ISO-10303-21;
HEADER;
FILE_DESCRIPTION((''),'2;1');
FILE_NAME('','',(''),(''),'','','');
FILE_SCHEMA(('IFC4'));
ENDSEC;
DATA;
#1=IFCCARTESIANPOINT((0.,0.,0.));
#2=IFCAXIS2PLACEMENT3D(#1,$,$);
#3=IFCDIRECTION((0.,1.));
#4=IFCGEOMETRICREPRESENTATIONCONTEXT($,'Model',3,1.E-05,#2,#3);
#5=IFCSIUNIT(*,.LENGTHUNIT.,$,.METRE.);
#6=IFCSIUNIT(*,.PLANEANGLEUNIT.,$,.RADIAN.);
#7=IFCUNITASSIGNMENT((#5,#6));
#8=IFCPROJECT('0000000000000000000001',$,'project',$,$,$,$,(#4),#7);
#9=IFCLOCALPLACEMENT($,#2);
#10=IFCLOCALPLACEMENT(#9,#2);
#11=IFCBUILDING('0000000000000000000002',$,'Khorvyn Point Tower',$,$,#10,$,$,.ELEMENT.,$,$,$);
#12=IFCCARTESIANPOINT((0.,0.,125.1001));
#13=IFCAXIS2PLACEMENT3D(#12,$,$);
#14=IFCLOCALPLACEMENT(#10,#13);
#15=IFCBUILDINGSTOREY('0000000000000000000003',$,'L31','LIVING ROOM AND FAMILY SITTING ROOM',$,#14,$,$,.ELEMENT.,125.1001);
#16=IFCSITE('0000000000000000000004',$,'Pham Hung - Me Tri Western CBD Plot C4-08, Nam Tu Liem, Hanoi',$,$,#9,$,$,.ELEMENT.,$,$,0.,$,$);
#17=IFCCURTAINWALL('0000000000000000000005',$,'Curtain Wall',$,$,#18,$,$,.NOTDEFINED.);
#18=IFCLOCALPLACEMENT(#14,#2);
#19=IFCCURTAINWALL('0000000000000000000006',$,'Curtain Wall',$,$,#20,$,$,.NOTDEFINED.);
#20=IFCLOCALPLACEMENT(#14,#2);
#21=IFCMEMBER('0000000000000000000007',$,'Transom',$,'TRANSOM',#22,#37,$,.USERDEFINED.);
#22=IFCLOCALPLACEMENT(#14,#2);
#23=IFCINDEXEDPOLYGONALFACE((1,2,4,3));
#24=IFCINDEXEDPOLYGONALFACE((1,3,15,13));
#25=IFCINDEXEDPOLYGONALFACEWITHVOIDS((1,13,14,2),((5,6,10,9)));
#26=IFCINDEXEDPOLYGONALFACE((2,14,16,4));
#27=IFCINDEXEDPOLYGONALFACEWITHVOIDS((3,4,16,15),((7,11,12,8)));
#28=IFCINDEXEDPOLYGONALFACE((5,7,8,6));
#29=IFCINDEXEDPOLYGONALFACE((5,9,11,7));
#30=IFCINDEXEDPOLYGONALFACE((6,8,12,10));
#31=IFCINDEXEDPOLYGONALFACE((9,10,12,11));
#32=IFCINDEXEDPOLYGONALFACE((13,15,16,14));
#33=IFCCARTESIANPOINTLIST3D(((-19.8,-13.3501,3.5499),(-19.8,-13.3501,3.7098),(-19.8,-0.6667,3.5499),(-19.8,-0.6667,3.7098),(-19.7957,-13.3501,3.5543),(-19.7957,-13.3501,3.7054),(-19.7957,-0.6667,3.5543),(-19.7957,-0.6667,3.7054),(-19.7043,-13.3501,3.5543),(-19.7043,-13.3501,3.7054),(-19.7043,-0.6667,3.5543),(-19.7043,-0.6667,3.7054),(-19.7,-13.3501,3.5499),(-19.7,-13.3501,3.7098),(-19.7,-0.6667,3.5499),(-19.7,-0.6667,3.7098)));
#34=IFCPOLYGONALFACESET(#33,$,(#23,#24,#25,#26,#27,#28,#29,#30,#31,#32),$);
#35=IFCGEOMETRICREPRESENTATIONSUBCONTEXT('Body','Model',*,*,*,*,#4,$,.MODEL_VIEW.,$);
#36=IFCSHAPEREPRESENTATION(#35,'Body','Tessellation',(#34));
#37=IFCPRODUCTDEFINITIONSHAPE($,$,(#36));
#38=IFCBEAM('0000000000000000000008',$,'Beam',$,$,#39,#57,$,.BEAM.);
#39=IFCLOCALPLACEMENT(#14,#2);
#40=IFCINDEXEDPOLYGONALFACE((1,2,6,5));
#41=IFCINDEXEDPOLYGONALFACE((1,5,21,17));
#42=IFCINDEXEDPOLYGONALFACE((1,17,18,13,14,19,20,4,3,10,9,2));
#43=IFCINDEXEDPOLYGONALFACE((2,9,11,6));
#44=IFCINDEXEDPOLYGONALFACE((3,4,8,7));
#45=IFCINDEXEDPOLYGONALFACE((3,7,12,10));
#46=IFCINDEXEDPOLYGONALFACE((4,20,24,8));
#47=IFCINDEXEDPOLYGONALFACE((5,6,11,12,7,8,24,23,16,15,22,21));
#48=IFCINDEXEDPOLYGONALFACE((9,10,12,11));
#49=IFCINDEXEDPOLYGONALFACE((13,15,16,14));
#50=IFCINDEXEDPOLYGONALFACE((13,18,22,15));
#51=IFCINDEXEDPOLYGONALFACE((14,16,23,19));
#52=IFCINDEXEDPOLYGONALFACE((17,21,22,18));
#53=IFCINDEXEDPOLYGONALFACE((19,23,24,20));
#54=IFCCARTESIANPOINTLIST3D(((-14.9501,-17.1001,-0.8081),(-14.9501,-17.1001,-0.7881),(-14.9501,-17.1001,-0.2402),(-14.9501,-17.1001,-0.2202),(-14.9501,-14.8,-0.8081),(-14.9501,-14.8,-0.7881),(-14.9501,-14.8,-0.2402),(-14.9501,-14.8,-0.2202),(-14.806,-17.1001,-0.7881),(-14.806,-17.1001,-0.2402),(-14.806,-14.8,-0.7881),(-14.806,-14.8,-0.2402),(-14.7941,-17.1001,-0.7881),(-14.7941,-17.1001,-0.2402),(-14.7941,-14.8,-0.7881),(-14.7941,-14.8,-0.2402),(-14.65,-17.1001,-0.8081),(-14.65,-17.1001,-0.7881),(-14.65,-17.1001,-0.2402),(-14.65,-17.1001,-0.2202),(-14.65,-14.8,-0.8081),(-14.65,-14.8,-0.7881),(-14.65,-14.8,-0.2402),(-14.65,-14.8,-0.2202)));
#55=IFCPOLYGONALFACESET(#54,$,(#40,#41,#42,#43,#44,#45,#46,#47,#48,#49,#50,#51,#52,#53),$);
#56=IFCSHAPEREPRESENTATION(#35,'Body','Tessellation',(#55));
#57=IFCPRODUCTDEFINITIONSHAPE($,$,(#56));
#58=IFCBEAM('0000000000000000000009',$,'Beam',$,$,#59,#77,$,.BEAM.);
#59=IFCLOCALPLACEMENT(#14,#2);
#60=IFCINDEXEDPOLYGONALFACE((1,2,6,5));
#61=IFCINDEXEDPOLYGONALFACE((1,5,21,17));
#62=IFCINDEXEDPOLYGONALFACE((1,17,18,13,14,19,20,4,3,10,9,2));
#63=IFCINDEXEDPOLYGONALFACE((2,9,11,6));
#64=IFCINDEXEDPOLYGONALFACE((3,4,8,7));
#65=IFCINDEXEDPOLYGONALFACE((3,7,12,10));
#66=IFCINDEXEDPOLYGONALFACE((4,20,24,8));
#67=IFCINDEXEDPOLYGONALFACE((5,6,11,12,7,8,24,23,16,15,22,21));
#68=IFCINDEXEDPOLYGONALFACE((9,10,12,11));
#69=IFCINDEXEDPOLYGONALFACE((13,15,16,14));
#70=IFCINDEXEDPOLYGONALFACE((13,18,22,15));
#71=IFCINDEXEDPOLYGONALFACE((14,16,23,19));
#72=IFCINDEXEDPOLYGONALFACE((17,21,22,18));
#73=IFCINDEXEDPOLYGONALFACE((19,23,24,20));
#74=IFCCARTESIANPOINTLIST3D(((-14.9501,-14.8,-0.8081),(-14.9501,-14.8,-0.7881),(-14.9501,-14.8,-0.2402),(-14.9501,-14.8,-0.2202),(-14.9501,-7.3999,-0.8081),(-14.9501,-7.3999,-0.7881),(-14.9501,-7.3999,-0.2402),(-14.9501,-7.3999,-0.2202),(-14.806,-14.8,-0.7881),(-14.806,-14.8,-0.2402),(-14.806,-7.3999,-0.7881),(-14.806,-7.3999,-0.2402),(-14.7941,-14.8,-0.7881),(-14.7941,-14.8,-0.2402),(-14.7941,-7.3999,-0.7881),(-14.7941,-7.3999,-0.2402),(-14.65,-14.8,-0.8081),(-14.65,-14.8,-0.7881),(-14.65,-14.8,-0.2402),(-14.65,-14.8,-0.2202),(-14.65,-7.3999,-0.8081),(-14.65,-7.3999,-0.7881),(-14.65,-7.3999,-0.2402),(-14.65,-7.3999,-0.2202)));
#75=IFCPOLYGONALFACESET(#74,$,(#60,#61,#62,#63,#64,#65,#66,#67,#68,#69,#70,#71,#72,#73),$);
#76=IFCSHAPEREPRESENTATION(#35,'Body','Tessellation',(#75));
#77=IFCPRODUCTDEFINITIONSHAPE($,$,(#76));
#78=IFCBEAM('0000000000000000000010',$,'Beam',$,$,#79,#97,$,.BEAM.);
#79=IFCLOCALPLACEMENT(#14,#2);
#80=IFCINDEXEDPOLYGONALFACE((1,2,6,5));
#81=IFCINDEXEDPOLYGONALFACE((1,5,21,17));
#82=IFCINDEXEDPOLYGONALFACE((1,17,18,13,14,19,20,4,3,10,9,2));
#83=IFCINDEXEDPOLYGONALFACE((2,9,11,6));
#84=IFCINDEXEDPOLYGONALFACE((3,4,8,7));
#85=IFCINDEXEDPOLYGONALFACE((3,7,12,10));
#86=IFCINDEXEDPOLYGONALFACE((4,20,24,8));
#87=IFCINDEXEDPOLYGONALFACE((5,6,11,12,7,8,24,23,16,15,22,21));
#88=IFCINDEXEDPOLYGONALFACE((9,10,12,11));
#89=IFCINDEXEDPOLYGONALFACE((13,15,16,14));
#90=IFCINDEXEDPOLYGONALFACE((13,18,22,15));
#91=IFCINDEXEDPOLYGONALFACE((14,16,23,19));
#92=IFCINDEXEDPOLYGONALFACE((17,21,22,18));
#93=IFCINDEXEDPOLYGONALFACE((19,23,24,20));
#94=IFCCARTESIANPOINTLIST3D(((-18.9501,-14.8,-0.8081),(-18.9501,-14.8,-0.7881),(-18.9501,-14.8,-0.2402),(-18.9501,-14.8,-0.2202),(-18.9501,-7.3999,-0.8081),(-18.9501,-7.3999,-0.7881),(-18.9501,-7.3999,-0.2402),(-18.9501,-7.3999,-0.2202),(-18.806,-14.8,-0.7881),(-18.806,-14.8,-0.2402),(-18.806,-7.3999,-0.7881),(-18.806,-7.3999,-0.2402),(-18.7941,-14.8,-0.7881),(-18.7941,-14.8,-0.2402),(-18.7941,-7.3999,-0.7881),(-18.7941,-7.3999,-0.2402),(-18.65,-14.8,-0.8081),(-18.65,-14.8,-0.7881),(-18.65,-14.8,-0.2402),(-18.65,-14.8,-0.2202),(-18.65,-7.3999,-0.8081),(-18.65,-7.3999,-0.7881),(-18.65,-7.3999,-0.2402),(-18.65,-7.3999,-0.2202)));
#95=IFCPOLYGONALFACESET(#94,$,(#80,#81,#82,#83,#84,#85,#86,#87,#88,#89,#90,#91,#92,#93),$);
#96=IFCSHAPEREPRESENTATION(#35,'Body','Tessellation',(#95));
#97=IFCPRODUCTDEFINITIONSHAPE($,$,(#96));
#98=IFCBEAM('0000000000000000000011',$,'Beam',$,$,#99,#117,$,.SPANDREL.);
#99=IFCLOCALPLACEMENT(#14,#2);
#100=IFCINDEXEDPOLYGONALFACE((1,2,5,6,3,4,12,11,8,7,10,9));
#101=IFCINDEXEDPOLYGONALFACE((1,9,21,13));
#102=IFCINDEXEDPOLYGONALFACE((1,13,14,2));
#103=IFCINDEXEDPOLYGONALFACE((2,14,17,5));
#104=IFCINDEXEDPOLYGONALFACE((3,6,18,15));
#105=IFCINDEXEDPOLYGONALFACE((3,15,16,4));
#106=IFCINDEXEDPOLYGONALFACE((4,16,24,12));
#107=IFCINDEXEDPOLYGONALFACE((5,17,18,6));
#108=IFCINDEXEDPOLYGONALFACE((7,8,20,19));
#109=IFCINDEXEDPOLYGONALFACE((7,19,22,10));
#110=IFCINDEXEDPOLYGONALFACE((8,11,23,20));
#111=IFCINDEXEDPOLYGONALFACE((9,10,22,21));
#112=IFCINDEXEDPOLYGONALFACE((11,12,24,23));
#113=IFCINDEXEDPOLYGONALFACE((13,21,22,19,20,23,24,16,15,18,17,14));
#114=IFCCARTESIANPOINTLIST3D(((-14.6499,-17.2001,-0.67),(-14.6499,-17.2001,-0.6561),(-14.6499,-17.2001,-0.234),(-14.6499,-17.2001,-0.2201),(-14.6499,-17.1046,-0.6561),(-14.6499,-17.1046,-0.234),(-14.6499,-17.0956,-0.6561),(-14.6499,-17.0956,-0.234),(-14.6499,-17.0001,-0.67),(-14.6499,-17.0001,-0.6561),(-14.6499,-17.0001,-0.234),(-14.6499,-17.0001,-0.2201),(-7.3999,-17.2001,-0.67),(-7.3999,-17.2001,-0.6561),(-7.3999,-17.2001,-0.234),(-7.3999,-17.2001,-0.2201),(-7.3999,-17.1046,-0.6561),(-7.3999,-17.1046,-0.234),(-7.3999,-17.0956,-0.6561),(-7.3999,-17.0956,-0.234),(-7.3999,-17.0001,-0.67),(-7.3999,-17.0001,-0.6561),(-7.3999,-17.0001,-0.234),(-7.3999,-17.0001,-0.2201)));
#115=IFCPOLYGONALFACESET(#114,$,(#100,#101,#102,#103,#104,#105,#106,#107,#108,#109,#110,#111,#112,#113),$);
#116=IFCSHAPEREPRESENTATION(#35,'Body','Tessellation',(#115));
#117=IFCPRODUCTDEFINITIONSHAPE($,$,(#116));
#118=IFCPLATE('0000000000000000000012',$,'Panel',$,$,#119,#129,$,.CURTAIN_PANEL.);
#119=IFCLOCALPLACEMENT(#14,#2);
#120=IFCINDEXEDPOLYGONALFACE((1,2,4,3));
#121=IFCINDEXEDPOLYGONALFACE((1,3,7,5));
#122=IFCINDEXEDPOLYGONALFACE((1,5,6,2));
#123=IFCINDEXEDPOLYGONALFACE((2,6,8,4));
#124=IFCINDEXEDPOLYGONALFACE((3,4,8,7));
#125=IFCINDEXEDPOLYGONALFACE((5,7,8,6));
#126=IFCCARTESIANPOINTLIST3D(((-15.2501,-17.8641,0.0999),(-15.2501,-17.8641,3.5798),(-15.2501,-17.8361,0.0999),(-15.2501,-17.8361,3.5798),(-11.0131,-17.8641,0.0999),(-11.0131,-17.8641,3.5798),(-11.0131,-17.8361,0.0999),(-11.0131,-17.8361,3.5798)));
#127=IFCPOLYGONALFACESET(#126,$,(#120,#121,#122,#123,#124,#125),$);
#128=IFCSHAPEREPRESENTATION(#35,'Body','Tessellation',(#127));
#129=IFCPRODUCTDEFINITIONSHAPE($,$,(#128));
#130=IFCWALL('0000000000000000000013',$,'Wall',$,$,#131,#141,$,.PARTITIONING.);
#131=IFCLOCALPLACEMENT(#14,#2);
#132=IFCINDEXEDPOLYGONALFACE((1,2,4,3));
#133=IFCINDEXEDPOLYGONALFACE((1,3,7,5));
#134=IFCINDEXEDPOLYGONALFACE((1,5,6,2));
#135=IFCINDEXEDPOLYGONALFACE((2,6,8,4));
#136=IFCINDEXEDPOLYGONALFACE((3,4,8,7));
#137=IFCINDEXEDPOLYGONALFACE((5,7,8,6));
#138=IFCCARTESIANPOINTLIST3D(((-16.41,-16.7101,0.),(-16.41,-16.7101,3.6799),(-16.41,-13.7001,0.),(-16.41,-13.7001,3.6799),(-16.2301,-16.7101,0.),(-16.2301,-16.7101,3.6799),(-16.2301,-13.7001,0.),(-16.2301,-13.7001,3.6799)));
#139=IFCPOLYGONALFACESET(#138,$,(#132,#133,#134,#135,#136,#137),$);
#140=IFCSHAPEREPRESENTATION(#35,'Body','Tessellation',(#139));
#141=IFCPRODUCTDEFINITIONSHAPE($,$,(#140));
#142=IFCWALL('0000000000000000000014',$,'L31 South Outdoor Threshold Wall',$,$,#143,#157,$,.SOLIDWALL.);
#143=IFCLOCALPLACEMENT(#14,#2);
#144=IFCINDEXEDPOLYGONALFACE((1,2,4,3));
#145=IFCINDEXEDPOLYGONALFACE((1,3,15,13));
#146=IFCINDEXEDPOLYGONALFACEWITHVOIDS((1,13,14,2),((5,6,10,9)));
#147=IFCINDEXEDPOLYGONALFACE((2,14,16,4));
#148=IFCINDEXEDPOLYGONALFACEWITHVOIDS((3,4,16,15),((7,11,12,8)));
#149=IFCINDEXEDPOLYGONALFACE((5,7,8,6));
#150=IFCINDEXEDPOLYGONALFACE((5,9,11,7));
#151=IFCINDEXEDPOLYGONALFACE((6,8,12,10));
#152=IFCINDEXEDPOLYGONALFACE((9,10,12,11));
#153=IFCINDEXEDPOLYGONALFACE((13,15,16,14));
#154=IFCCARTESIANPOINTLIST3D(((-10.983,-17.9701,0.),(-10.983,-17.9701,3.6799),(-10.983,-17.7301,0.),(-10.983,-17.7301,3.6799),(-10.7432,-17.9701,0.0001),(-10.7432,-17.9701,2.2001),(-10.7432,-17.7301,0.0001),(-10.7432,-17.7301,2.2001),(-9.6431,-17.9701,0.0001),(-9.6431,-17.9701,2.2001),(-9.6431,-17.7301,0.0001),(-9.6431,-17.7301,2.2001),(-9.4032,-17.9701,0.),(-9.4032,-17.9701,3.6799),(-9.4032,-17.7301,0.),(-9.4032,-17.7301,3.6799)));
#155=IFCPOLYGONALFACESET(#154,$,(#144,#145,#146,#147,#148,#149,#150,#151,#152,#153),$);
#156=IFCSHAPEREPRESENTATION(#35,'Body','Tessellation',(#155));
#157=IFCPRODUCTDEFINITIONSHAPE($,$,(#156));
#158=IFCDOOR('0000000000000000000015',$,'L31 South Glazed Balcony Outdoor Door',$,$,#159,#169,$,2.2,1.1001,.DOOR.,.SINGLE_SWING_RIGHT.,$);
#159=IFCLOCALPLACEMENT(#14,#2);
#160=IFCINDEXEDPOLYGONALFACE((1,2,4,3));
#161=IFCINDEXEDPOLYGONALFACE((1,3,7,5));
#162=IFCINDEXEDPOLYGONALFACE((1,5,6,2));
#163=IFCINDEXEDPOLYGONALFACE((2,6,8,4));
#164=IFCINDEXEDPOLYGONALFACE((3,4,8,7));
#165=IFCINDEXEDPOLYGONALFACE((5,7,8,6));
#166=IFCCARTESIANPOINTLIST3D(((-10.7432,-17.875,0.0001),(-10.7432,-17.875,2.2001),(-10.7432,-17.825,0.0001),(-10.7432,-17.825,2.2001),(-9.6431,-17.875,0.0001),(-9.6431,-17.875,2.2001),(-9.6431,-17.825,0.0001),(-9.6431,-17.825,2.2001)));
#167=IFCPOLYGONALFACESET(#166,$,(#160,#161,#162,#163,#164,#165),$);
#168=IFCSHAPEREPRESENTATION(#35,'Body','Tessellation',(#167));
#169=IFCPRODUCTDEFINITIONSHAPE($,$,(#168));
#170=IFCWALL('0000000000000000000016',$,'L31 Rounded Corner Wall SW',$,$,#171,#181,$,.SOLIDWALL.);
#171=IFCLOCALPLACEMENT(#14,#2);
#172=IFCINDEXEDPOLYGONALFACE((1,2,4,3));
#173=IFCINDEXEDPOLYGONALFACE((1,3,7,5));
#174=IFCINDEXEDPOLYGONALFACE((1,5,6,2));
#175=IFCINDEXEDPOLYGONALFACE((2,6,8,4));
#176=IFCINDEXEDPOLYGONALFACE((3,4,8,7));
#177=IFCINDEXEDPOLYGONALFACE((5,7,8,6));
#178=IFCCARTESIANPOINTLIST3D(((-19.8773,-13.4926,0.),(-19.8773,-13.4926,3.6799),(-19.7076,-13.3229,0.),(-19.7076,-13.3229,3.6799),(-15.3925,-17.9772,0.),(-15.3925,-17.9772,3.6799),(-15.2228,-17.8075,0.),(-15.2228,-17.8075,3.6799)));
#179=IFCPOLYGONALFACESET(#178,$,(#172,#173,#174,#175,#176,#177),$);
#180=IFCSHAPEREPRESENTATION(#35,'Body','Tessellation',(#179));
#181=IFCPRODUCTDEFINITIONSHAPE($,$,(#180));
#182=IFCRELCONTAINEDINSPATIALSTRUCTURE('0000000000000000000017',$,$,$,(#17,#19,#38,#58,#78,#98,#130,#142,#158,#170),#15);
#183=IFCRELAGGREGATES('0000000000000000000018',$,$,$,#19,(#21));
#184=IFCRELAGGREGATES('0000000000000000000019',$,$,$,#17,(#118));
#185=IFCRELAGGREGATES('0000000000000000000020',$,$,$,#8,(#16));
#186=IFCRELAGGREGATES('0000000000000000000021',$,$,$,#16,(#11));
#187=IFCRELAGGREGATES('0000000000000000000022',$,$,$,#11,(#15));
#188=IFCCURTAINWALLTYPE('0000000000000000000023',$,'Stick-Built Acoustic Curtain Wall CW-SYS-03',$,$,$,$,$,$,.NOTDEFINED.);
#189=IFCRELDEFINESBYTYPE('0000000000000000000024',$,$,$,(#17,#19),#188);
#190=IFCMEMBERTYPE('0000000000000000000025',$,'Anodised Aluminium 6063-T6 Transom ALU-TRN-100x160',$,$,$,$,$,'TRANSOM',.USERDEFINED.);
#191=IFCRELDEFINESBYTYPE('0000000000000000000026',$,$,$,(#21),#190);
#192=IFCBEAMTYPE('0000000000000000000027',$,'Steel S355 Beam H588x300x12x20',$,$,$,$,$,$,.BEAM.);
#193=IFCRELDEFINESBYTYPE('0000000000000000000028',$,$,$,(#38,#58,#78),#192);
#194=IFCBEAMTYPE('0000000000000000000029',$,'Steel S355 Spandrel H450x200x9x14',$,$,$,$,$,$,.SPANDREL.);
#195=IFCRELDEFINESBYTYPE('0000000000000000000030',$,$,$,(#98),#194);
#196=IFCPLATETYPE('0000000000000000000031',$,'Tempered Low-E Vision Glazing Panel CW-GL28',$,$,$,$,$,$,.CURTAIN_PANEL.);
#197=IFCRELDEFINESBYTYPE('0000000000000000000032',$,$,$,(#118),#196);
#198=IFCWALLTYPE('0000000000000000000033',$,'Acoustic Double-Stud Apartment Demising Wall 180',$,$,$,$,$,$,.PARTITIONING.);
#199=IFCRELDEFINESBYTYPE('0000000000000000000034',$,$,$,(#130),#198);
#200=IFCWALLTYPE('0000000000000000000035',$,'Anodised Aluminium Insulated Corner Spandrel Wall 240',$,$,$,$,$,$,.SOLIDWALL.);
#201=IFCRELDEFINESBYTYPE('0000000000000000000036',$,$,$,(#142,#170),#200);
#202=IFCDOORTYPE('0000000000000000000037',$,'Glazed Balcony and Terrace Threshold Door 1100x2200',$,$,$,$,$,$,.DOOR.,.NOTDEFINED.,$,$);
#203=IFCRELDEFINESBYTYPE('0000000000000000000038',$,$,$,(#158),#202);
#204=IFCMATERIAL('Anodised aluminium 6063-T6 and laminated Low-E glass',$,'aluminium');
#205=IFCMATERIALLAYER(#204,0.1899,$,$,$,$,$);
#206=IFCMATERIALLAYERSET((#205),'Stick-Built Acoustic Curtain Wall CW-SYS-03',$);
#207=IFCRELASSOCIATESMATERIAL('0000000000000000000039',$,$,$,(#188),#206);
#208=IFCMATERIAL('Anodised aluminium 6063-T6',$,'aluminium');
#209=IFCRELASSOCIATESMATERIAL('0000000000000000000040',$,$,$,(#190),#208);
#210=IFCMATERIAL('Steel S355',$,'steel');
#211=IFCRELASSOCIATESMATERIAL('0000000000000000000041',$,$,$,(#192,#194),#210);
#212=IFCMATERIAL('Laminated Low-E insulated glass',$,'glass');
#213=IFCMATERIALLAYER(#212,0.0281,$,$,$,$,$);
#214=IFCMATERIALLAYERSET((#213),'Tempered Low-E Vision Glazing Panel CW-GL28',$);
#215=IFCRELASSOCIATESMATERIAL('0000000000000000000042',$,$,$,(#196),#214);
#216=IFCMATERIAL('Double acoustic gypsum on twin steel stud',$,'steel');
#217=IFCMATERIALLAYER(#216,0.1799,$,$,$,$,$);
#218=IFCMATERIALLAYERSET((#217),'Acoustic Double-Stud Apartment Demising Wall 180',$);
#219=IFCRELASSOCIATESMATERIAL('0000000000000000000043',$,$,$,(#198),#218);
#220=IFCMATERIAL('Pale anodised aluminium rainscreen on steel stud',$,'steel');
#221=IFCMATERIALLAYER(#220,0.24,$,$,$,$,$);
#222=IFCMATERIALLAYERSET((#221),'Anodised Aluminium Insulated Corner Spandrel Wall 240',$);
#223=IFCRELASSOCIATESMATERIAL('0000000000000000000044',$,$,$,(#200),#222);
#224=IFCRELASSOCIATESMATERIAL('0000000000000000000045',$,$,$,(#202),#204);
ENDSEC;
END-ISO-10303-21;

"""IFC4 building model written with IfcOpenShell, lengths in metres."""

from ifc_helpers import new_model, si_unit, direction, frame, frame_2d, origin, origin_2d, place, context, subcontext, project, spatial, rectangle, hollow_rectangle, i_section, extrude, material, layer, layer_set, material_profile, profile_set, type_object, element, fill, aggregate, save


model = new_model("IFC4")

# Units and contexts
model_context = context("Model", 3, precision=1e-05, world=origin(), true_north=direction((0.0, 1.0)))
body_context = subcontext(model_context, "Body", "Model", "MODEL_VIEW")
ifc_project = project(units=[si_unit("LENGTHUNIT", "METRE"), si_unit("PLANEANGLEUNIT", "RADIAN")], contexts=[model_context])

# Site, building, storey
site_placement = place(None, origin())
site = spatial("IfcSite", under=ifc_project, at=site_placement, Name="Pham Hung - Me Tri Western CBD Plot C4-08, Nam Tu Liem, Hanoi", CompositionType="ELEMENT", RefElevation=0.0)
building_placement = place(site_placement, origin())
building = spatial("IfcBuilding", under=site, at=building_placement, Name="Khorvyn Point Tower", CompositionType="ELEMENT")
storey_placement = place(building_placement, frame((0.0, 0.0, 125.1001)))
storey = spatial("IfcBuildingStorey", under=building, at=storey_placement, Name="L31", Description="LIVING ROOM AND FAMILY SITTING ROOM", CompositionType="ELEMENT", Elevation=125.1001)

# Shared definitions
ifc_material_1 = material(Name="Anodised aluminium 6063-T6 and laminated Low-E glass", Category="aluminium")
ifc_layer_1 = layer(ifc_material_1, 0.1899)
ifc_layer_set_1 = layer_set([ifc_layer_1], Name="Stick-Built Acoustic Curtain Wall CW-SYS-03")
curtain_wall_type = type_object("IfcCurtainWallType", Name="Stick-Built Acoustic Curtain Wall CW-SYS-03", PredefinedType="NOTDEFINED", material=ifc_layer_set_1)
ifc_material_2 = material(Name="Anodised aluminium 6063-T6", Category="aluminium")

# Curtain wall
curtain_wall_1_placement = place(storey_placement, origin())
curtain_wall_1 = element("IfcCurtainWall", 1, at=curtain_wall_1_placement, inside=storey, type_object=curtain_wall_type, Name="Curtain Wall", PredefinedType="NOTDEFINED")

# Curtain wall
curtain_wall_2_placement = place(storey_placement, origin())
curtain_wall_2 = element("IfcCurtainWall", 2, at=curtain_wall_2_placement, inside=storey, type_object=curtain_wall_type, Name="Curtain Wall", PredefinedType="NOTDEFINED")

# Member
ifc_material_profile_1 = material_profile(ifc_material_2, hollow_rectangle(XDim=0.1001, YDim=0.1599, WallThickness=0.0044, at=origin_2d()))
ifc_profile_set_1 = profile_set([ifc_material_profile_1], Name="Anodised aluminium 6063-T6 ALU-TRN-100x160")
member_type_1 = type_object("IfcMemberType", Name="Anodised Aluminium 6063-T6 Transom ALU-TRN-100x160", ElementType="TRANSOM", PredefinedType="USERDEFINED", material=ifc_profile_set_1)
member_1_placement = place(storey_placement, frame((-19.75, -13.3501, 3.6299), z_axis=(0.0, 1.0, 0.0), x_axis=(-1.0, 0.0, 0.0)))
member_1 = element("IfcMember", 3, at=member_1_placement, type_object=member_type_1, Name="Transom", ObjectType="TRANSOM", PredefinedType="USERDEFINED", context=body_context, shape_type="SweptSolid", body=[
    extrude(hollow_rectangle(XDim=0.1001, YDim=0.1599, WallThickness=0.0044, at=origin_2d()), origin(), (0.0, 0.0, 1.0), 12.6833),
])
aggregate(curtain_wall_2, [member_1])

# Beams
ifc_material_3 = material(Name="Steel S355", Category="steel")
ifc_material_profile_2 = material_profile(ifc_material_3, i_section(OverallWidth=0.3, OverallDepth=0.5879, WebThickness=0.012, FlangeThickness=0.02, at=origin_2d()))
ifc_profile_set_2 = profile_set([ifc_material_profile_2], Name="Steel S355 H588x300x12x20")
beam_type_1 = type_object("IfcBeamType", Name="Steel S355 Beam H588x300x12x20", PredefinedType="BEAM", material=ifc_profile_set_2)
beam_1_placement = place(storey_placement, frame((-14.8, -17.1001, -0.5142), z_axis=(0.0, 1.0, 0.0), x_axis=(-1.0, 0.0, 0.0)))
element("IfcBeam", 4, at=beam_1_placement, inside=storey, type_object=beam_type_1, Name="Beam", PredefinedType="BEAM", context=body_context, shape_type="SweptSolid", body=[
    extrude(i_section(OverallWidth=0.3, OverallDepth=0.5879, WebThickness=0.012, FlangeThickness=0.02, at=origin_2d()), origin(), (0.0, 0.0, 1.0), 2.3),
])
for number, where, z_axis, x_axis, name in (
    (5, (-14.8, -14.8, -0.5142), (0.0, 1.0, 0.0), (-1.0, 0.0, 0.0), "Beam"),
    (6, (-18.8, -14.8, -0.5142), (0.0, 1.0, 0.0), (-1.0, 0.0, 0.0), "Beam"),
):
    element("IfcBeam", number, at=place(storey_placement, frame(where, z_axis=z_axis, x_axis=x_axis)), inside=storey, type_object=beam_type_1, Name=name, PredefinedType="BEAM", context=body_context, shape_type="SweptSolid", body=[
        extrude(i_section(OverallWidth=0.3, OverallDepth=0.5879, WebThickness=0.012, FlangeThickness=0.02, at=origin_2d()), origin(), (0.0, 0.0, 1.0), 7.4001),
    ])
ifc_material_profile_3 = material_profile(ifc_material_3, i_section(OverallWidth=0.2, OverallDepth=0.45, WebThickness=0.009, FlangeThickness=0.0139, at=origin_2d()))
ifc_profile_set_3 = profile_set([ifc_material_profile_3], Name="Steel S355 H450x200x9x14")
beam_type_2 = type_object("IfcBeamType", Name="Steel S355 Spandrel H450x200x9x14", PredefinedType="SPANDREL", material=ifc_profile_set_3)
beam_2_placement = place(storey_placement, frame((-14.6499, -17.1001, -0.4451), z_axis=(1.0, 0.0, 0.0), x_axis=(0.0, 1.0, 0.0)))
element("IfcBeam", 7, at=beam_2_placement, inside=storey, type_object=beam_type_2, Name="Beam", PredefinedType="SPANDREL", context=body_context, shape_type="SweptSolid", body=[
    extrude(i_section(OverallWidth=0.2, OverallDepth=0.45, WebThickness=0.009, FlangeThickness=0.0139, at=origin_2d()), origin(), (0.0, 0.0, 1.0), 7.25),
])

# Plate
ifc_material_4 = material(Name="Laminated Low-E insulated glass", Category="glass")
ifc_layer_2 = layer(ifc_material_4, 0.0281)
ifc_layer_set_2 = layer_set([ifc_layer_2], Name="Tempered Low-E Vision Glazing Panel CW-GL28")
plate_type = type_object("IfcPlateType", Name="Tempered Low-E Vision Glazing Panel CW-GL28", PredefinedType="CURTAIN_PANEL", material=ifc_layer_set_2)
plate_placement = place(storey_placement, frame((-13.1316, -17.8501, 0.0999), z_axis=(0.0, 0.0, 1.0), x_axis=(-1.0, 0.0, 0.0)))
plate = element("IfcPlate", 8, at=plate_placement, type_object=plate_type, Name="Panel", PredefinedType="CURTAIN_PANEL", context=body_context, shape_type="SweptSolid", body=[
    extrude(rectangle(XDim=4.2371, YDim=0.0281, at=origin_2d()), origin(), (0.0, 0.0, 1.0), 3.48),
])
aggregate(curtain_wall_1, [plate])

# Wall
ifc_material_5 = material(Name="Double acoustic gypsum on twin steel stud", Category="steel")
ifc_layer_3 = layer(ifc_material_5, 0.1799)
ifc_layer_set_3 = layer_set([ifc_layer_3], Name="Acoustic Double-Stud Apartment Demising Wall 180")
wall_type_1 = type_object("IfcWallType", Name="Acoustic Double-Stud Apartment Demising Wall 180", PredefinedType="PARTITIONING", material=ifc_layer_set_3)
wall_1_placement = place(storey_placement, frame((-16.3201, -16.71, 0.0), z_axis=(0.0, 0.0, 1.0), x_axis=(0.0, 1.0, 0.0)))
element("IfcWall", 9, at=wall_1_placement, inside=storey, type_object=wall_type_1, Name="Wall", PredefinedType="PARTITIONING", context=body_context, shape_type="SweptSolid", body=[
    extrude(rectangle(XDim=3.01, YDim=0.1799, at=frame_2d((1.5049, 0.0))), origin(), (0.0, 0.0, 1.0), 3.6799),
])

# Wall, opening, door
ifc_material_6 = material(Name="Pale anodised aluminium rainscreen on steel stud", Category="steel")
ifc_layer_4 = layer(ifc_material_6, 0.24)
ifc_layer_set_4 = layer_set([ifc_layer_4], Name="Anodised Aluminium Insulated Corner Spandrel Wall 240")
wall_type_2 = type_object("IfcWallType", Name="Anodised Aluminium Insulated Corner Spandrel Wall 240", PredefinedType="SOLIDWALL", material=ifc_layer_set_4)
wall_2_placement = place(storey_placement, frame((-9.4031, -17.8501, 0.0), z_axis=(0.0, 0.0, 1.0), x_axis=(-1.0, 0.0, 0.0)))
wall_2 = element("IfcWall", 10, at=wall_2_placement, inside=storey, type_object=wall_type_2, Name="L31 South Outdoor Threshold Wall", PredefinedType="SOLIDWALL", context=body_context, shape_type="SweptSolid", body=[
    extrude(rectangle(XDim=1.5798, YDim=0.24, at=frame_2d((0.79, 0.0))), origin(), (0.0, 0.0, 1.0), 3.6799),
])
opening_1_placement = place(wall_2_placement, frame((0.24, 0.0, 0.0)))
opening_1 = element("IfcOpeningElement", 11, at=opening_1_placement, cuts=wall_2, PredefinedType="OPENING", context=body_context, shape_type="SweptSolid", body=[
    extrude(rectangle(XDim=1.1001, YDim=2.2, at=frame_2d((0.55, 1.1001))), frame((0.0, 0.1299, 0.0), z_axis=(0.0, -1.0, 0.0), x_axis=(1.0, 0.0, 0.0)), (0.0, 0.0, 1.0), 0.26),
])
door_type_1 = type_object("IfcDoorType", Name="Glazed Balcony and Terrace Threshold Door 1100x2200", OperationType="NOTDEFINED", PredefinedType="DOOR", material=ifc_material_1)
door_1_placement = place(opening_1_placement, origin())
door_1 = element("IfcDoor", 12, at=door_1_placement, inside=storey, type_object=door_type_1, Name="L31 South Glazed Balcony Outdoor Door", OperationType="SINGLE_SWING_RIGHT", OverallHeight=2.2, OverallWidth=1.1001, PredefinedType="DOOR", context=body_context, shape_type="SweptSolid", body=[
    extrude(rectangle(XDim=1.1001, YDim=2.2, at=frame_2d((0.55, 1.1001))), frame((0.0, 0.0249, 0.0), z_axis=(0.0, -1.0, 0.0), x_axis=(1.0, 0.0, 0.0)), (0.0, 0.0, 1.0), 0.05),
])
fill(opening_1, door_1)

# Wall
wall_3_placement = place(storey_placement, frame((-15.3076, -17.8923, 0.0), z_axis=(0.0, 0.0, 1.0), x_axis=(-0.707126, 0.707088, 0.0)))
element("IfcWall", 13, at=wall_3_placement, inside=storey, type_object=wall_type_2, Name="L31 Rounded Corner Wall SW", PredefinedType="SOLIDWALL", context=body_context, shape_type="SweptSolid", body=[
    extrude(rectangle(XDim=6.3423, YDim=0.24, at=frame_2d((3.1711, 0.0))), origin(), (0.0, 0.0, 1.0), 3.6799),
])

save(model, "model.ifc")
